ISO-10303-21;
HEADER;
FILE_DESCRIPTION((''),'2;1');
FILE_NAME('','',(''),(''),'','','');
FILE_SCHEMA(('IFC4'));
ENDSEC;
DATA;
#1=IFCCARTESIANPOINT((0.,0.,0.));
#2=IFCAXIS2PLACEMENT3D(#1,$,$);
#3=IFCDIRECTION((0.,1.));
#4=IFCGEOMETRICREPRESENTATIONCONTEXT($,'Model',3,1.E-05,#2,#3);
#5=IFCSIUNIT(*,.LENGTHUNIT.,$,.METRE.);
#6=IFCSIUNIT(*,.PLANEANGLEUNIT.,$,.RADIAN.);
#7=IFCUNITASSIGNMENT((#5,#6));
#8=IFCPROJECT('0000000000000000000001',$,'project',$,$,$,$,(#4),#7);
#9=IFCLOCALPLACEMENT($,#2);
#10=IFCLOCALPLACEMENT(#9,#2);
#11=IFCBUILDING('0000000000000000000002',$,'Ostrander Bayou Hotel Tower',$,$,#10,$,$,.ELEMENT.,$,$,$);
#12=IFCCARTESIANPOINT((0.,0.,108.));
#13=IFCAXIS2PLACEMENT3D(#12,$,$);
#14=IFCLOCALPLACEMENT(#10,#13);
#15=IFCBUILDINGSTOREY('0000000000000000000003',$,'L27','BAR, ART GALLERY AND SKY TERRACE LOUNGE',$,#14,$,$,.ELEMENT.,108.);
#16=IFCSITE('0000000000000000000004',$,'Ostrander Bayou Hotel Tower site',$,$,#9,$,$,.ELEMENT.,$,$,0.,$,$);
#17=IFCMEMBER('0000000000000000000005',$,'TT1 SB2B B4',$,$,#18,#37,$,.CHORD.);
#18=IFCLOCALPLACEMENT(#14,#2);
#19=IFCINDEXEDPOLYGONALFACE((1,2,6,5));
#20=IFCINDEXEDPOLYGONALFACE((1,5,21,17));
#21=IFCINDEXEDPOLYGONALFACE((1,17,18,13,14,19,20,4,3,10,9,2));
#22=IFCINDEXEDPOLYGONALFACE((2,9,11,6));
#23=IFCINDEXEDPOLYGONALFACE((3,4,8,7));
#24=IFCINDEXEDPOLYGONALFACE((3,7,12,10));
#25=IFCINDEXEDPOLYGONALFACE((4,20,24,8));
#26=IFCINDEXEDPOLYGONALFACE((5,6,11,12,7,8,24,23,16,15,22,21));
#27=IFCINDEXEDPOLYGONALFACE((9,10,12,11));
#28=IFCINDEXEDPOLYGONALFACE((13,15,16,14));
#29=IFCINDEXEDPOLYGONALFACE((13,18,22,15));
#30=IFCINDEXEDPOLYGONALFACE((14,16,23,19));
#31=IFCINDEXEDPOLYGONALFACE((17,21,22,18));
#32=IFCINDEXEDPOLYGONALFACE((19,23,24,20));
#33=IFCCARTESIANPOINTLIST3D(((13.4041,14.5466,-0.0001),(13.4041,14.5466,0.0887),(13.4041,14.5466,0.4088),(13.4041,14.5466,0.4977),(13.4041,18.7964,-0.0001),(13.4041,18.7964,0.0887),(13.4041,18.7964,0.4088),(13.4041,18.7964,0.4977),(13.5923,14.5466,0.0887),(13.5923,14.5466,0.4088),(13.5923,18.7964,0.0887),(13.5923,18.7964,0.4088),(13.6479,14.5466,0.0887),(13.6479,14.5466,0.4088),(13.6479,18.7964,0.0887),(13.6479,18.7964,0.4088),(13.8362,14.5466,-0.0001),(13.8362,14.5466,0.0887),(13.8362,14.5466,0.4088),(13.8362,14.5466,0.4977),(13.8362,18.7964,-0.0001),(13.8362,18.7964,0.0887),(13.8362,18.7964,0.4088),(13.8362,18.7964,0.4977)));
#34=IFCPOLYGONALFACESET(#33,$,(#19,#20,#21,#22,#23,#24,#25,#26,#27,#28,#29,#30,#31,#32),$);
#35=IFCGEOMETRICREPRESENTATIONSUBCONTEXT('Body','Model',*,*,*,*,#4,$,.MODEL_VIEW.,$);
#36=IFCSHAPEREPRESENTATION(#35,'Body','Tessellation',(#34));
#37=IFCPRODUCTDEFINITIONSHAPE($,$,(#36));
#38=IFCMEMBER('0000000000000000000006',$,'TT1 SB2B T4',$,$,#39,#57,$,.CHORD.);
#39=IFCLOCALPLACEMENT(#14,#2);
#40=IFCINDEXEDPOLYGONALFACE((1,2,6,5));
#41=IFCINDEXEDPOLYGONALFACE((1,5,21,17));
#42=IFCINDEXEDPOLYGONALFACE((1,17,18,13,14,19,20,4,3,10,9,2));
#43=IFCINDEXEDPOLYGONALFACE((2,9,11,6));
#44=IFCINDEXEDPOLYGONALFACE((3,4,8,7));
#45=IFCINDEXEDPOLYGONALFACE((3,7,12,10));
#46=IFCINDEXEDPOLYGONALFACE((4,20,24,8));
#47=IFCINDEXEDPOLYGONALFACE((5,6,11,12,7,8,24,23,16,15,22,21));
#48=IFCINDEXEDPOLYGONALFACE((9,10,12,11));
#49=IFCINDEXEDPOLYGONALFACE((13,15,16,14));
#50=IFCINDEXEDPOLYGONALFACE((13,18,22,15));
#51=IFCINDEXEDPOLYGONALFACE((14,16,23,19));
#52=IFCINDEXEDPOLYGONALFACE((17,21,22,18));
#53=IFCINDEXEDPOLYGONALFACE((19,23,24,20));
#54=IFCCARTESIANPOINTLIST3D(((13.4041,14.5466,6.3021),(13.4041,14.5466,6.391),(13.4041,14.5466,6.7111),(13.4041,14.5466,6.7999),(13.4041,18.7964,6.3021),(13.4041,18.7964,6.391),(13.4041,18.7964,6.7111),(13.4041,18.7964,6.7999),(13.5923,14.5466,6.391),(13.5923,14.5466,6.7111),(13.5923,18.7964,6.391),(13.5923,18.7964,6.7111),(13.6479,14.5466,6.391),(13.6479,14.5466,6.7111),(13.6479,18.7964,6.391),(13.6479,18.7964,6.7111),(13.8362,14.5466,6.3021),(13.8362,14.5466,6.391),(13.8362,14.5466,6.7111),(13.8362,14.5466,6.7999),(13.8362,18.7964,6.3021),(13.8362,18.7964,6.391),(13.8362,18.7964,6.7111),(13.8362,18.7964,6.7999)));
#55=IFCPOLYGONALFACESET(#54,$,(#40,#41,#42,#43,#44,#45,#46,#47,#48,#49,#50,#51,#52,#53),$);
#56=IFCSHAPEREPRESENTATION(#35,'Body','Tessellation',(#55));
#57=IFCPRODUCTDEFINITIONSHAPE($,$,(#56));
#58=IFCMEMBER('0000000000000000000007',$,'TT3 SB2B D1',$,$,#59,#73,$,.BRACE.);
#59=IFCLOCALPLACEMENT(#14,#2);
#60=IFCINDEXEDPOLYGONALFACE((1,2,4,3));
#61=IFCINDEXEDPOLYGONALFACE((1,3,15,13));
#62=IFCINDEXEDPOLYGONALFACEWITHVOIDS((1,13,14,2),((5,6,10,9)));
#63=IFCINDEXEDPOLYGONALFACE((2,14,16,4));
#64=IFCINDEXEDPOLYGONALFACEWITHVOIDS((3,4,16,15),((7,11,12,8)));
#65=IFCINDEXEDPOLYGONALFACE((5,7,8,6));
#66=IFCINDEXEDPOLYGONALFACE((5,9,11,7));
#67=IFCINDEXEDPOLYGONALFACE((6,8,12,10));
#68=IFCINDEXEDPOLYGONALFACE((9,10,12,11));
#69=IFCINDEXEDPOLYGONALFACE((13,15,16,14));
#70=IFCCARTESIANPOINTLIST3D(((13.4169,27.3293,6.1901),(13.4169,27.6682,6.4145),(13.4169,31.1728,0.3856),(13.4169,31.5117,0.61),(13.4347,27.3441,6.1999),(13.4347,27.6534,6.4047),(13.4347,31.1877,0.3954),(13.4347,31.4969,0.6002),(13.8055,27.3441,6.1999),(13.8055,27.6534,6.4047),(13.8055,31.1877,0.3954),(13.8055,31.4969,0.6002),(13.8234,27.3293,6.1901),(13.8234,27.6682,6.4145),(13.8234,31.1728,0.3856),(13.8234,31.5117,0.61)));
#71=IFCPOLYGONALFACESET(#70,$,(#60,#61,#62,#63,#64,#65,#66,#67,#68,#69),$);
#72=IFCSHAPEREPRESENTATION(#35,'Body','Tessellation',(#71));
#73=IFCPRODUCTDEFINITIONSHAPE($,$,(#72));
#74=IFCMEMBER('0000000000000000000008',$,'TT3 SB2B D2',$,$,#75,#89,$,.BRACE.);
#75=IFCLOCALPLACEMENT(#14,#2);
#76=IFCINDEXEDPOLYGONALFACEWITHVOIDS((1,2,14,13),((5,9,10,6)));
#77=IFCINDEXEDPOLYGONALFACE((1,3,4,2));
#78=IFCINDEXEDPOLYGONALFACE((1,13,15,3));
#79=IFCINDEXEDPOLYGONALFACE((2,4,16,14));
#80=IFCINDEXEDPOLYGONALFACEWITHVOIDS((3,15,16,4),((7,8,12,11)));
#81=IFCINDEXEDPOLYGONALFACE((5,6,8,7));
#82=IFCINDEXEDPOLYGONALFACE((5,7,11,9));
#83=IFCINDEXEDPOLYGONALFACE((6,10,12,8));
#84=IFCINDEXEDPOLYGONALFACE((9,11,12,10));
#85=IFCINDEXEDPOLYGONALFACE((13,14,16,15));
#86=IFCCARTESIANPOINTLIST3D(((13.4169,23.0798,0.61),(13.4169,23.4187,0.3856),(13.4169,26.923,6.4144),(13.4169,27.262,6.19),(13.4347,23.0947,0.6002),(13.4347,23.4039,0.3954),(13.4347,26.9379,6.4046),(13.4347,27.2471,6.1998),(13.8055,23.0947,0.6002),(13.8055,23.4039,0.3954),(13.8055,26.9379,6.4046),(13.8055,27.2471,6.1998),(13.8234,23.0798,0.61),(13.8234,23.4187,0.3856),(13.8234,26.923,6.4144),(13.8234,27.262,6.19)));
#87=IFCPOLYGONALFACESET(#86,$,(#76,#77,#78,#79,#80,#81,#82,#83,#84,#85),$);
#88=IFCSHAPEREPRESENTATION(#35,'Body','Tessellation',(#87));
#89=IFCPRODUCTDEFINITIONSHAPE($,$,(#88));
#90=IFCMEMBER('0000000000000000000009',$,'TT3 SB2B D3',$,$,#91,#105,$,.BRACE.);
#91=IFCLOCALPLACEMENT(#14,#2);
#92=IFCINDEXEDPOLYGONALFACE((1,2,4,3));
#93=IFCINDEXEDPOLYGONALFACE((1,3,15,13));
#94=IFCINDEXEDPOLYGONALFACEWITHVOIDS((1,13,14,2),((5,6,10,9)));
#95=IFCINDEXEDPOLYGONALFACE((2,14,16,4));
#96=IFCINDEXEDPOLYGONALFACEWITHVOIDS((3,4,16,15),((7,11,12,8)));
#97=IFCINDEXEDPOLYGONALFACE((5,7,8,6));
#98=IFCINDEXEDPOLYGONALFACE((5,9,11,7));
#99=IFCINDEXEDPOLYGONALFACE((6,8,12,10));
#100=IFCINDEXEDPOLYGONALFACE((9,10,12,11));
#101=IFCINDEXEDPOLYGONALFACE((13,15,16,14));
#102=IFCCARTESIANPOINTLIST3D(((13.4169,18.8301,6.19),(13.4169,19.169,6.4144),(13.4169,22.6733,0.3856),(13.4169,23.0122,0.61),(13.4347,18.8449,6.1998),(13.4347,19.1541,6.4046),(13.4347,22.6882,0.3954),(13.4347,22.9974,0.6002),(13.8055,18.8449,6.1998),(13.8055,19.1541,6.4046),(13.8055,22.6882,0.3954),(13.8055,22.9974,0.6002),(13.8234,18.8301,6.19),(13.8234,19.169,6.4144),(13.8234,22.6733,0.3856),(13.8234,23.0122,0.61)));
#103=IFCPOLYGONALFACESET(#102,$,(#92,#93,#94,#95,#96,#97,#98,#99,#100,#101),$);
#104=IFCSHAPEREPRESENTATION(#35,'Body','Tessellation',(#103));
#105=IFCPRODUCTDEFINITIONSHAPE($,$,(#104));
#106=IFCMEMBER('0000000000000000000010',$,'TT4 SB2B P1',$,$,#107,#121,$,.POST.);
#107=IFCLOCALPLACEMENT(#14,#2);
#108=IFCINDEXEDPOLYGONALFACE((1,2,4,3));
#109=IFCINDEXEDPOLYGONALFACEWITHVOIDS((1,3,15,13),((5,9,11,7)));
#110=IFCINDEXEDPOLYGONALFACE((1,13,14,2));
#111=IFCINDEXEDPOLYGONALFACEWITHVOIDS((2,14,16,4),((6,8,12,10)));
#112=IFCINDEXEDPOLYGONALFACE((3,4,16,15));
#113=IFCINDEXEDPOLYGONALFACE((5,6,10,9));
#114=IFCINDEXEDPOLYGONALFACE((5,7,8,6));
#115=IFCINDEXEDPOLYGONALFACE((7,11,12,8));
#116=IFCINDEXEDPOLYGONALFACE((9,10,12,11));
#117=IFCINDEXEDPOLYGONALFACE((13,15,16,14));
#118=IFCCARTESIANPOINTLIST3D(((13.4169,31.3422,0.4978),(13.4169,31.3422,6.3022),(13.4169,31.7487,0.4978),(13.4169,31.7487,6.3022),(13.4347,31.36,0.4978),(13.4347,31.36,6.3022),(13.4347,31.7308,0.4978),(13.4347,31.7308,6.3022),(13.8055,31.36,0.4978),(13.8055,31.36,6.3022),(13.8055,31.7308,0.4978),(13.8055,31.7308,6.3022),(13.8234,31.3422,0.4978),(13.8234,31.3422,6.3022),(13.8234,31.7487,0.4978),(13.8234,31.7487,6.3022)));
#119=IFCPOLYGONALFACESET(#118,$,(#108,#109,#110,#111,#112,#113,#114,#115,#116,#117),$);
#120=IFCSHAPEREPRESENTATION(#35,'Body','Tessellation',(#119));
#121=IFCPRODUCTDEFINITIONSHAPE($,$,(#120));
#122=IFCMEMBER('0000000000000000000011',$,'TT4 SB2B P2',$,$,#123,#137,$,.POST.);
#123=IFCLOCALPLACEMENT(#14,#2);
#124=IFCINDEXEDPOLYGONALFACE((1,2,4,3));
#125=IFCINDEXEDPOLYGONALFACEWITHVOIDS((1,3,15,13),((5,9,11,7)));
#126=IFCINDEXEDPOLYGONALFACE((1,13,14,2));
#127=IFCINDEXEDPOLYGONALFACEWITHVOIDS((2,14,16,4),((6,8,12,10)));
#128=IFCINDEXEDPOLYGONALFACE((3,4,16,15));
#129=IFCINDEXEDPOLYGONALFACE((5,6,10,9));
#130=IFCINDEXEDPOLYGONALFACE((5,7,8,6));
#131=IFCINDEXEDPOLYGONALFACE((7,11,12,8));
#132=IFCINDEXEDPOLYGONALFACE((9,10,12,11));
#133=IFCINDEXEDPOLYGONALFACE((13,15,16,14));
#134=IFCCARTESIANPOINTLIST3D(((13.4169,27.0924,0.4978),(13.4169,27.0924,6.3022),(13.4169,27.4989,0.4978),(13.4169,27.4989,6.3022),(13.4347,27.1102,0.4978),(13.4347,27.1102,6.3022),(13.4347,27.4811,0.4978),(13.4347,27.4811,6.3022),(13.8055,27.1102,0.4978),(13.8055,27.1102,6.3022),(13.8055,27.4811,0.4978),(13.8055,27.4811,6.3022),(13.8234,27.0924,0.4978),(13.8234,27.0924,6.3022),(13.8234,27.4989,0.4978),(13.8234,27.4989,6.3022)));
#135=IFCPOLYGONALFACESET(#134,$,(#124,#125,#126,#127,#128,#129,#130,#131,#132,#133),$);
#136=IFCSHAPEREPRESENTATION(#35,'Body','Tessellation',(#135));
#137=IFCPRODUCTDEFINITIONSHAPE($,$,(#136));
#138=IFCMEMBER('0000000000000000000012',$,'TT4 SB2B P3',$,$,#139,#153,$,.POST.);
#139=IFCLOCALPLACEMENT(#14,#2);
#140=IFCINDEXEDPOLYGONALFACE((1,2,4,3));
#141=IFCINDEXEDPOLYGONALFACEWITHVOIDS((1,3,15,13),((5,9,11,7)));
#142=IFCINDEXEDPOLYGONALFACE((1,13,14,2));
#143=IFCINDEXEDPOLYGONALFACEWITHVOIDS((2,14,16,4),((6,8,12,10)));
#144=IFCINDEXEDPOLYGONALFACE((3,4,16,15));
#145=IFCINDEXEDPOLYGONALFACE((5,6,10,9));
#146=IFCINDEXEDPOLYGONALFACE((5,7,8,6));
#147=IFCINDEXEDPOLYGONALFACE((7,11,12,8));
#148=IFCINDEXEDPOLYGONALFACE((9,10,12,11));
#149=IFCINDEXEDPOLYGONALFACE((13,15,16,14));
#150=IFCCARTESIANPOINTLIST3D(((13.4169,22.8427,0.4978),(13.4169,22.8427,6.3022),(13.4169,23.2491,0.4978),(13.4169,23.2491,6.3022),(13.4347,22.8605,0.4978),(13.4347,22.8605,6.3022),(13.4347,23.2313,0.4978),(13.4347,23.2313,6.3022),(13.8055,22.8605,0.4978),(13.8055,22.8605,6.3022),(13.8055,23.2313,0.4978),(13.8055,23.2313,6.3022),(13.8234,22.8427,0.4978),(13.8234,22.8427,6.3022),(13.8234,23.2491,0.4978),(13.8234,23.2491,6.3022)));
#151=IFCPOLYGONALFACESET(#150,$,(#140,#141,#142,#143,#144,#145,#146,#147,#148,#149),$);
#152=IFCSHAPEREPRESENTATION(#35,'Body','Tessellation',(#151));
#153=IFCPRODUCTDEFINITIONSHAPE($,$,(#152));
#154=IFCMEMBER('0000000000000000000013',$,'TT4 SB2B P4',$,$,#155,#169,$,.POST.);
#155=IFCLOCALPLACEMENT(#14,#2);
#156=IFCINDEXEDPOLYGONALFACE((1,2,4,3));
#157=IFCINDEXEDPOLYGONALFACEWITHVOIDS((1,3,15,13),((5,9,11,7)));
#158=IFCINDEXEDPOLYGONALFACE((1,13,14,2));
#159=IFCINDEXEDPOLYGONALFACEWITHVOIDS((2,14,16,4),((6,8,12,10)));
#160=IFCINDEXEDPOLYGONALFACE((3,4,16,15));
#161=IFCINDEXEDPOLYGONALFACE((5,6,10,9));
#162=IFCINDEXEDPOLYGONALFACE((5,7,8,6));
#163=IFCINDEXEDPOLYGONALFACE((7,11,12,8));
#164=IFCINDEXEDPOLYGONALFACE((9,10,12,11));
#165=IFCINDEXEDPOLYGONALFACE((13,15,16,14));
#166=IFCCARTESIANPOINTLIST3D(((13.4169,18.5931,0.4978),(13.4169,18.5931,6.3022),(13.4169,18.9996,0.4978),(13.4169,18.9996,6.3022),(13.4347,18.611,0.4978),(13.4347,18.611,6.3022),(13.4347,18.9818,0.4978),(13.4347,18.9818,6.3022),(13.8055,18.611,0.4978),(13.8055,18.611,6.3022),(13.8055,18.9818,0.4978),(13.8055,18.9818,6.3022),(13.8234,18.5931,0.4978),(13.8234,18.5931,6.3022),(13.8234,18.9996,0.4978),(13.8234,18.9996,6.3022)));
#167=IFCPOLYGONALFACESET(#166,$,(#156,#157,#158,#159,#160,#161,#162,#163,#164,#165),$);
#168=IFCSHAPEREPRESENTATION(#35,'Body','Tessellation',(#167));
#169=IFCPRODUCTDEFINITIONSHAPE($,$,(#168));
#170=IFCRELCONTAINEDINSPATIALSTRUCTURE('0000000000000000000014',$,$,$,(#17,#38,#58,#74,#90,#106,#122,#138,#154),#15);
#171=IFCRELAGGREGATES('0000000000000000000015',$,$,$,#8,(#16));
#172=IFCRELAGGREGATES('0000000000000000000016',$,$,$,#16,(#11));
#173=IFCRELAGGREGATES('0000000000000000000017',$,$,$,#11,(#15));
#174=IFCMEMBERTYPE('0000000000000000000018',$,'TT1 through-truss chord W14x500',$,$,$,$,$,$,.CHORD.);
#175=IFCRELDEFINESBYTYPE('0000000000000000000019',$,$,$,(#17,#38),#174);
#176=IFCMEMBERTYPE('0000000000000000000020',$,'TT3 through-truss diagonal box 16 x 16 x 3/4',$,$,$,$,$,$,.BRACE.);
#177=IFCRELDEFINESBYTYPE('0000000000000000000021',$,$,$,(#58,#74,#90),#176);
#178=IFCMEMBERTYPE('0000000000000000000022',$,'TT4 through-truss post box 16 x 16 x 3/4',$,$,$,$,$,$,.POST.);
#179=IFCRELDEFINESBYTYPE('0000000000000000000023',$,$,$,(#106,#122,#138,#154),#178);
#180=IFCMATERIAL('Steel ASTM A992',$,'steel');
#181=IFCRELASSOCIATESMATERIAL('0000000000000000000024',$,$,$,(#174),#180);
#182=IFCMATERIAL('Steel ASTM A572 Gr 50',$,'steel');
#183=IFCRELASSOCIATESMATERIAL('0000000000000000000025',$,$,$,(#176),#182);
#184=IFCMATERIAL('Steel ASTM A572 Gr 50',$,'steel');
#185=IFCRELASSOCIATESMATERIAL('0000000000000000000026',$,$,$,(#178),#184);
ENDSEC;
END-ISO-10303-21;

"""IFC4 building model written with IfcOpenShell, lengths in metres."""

from ifc_helpers import new_model, si_unit, direction, frame, origin, origin_2d, place, context, subcontext, project, spatial, hollow_rectangle, i_section, extrude, material, material_profile, profile_set, type_object, element, save


model = new_model("IFC4")

# Units and contexts
model_context = context("Model", 3, precision=1e-05, world=origin(), true_north=direction((0.0, 1.0)))
body_context = subcontext(model_context, "Body", "Model", "MODEL_VIEW")
ifc_project = project(units=[si_unit("LENGTHUNIT", "METRE"), si_unit("PLANEANGLEUNIT", "RADIAN")], contexts=[model_context])

# Site, building, storey
site_placement = place(None, origin())
site = spatial("IfcSite", under=ifc_project, at=site_placement, Name="Ostrander Bayou Hotel Tower site", CompositionType="ELEMENT", RefElevation=0.0)
building_placement = place(site_placement, origin())
building = spatial("IfcBuilding", under=site, at=building_placement, Name="Ostrander Bayou Hotel Tower", CompositionType="ELEMENT")
storey_placement = place(building_placement, frame((0.0, 0.0, 108.0)))
storey = spatial("IfcBuildingStorey", under=building, at=storey_placement, Name="L27", Description="BAR, ART GALLERY AND SKY TERRACE LOUNGE", CompositionType="ELEMENT", Elevation=108.0)

# Members
ifc_material_1 = material(Name="Steel ASTM A992", Category="steel")
ifc_material_profile_1 = material_profile(ifc_material_1, i_section(OverallWidth=0.4321, OverallDepth=0.4978, WebThickness=0.0557, FlangeThickness=0.0889, at=origin_2d()))
ifc_profile_set_1 = profile_set([ifc_material_profile_1], Name="Steel ASTM A992")
member_type_1 = type_object("IfcMemberType", Name="TT1 through-truss chord W14x500", PredefinedType="CHORD", material=ifc_profile_set_1)
for number, where, z_axis, x_axis, name in (
    (1, (13.6201, 18.7964, 0.2488), (0.0, -1.0, 0.0), (1.0, 0.0, 0.0), "TT1 SB2B B4"),
    (2, (13.6201, 18.7964, 6.551), (0.0, -1.0, 0.0), (1.0, 0.0, 0.0), "TT1 SB2B T4"),
):
    element("IfcMember", number, at=place(storey_placement, frame(where, z_axis=z_axis, x_axis=x_axis)), inside=storey, type_object=member_type_1, Name=name, PredefinedType="CHORD", context=body_context, shape_type="SweptSolid", body=[
        extrude(i_section(OverallWidth=0.4321, OverallDepth=0.4978, WebThickness=0.0557, FlangeThickness=0.0889, at=origin_2d()), origin(), (0.0, 0.0, 1.0), 4.2498),
    ])
ifc_material_2 = material(Name="Steel ASTM A572 Gr 50", Category="steel")
ifc_material_profile_2 = material_profile(ifc_material_2, hollow_rectangle(XDim=0.4065, YDim=0.4065, WallThickness=0.0178, at=origin_2d()))
ifc_profile_set_2 = profile_set([ifc_material_profile_2], Name="Steel ASTM A572 Gr 50")
member_type_2 = type_object("IfcMemberType", Name="TT3 through-truss diagonal box 16 x 16 x 3/4", PredefinedType="BRACE", material=ifc_profile_set_2)
member_placement = place(storey_placement, frame((13.6201, 31.3423, 0.4978), z_axis=(0.0, -0.5521, 0.833778), x_axis=(1.0, 0.0, 0.0)))
element("IfcMember", 3, at=member_placement, inside=storey, type_object=member_type_2, Name="TT3 SB2B D1", PredefinedType="BRACE", context=body_context, shape_type="SweptSolid", body=[
    extrude(hollow_rectangle(XDim=0.4065, YDim=0.4065, WallThickness=0.0178, at=origin_2d()), origin(), (0.0, 0.0, 1.0), 6.9617),
])
for number, where, z_axis, x_axis, name in (
    (4, (13.6201, 23.2493, 0.4978), (0.0, 0.552075, 0.833794), (-1.0, 0.0, 0.0), "TT3 SB2B D2"),
    (5, (13.6201, 22.8428, 0.4978), (0.0, -0.552075, 0.833794), (1.0, 0.0, 0.0), "TT3 SB2B D3"),
):
    element("IfcMember", number, at=place(storey_placement, frame(where, z_axis=z_axis, x_axis=x_axis)), inside=storey, type_object=member_type_2, Name=name, PredefinedType="BRACE", context=body_context, shape_type="SweptSolid", body=[
        extrude(hollow_rectangle(XDim=0.4065, YDim=0.4065, WallThickness=0.0178, at=origin_2d()), origin(), (0.0, 0.0, 1.0), 6.9614),
    ])
ifc_material_3 = material(Name="Steel ASTM A572 Gr 50", Category="steel")
ifc_material_profile_3 = material_profile(ifc_material_3, hollow_rectangle(XDim=0.4065, YDim=0.4065, WallThickness=0.0178, at=origin_2d()))
ifc_profile_set_3 = profile_set([ifc_material_profile_3], Name="Steel ASTM A572 Gr 50")
member_type_3 = type_object("IfcMemberType", Name="TT4 through-truss post box 16 x 16 x 3/4", PredefinedType="POST", material=ifc_profile_set_3)
for number, where, z_axis, x_axis, name in (
    (6, (13.6201, 31.5454, 0.4978), (0.0, 0.0, 1.0), (1.0, 0.0, 0.0), "TT4 SB2B P1"),
    (7, (13.6201, 27.2957, 0.4978), (0.0, 0.0, 1.0), (1.0, 0.0, 0.0), "TT4 SB2B P2"),
    (8, (13.6201, 23.0459, 0.4978), (0.0, 0.0, 1.0), (1.0, 0.0, 0.0), "TT4 SB2B P3"),
    (9, (13.6201, 18.7964, 0.4978), (0.0, 0.0, 1.0), (1.0, 0.0, 0.0), "TT4 SB2B P4"),
):
    element("IfcMember", number, at=place(storey_placement, frame(where, z_axis=z_axis, x_axis=x_axis)), inside=storey, type_object=member_type_3, Name=name, PredefinedType="POST", context=body_context, shape_type="SweptSolid", body=[
        extrude(hollow_rectangle(XDim=0.4065, YDim=0.4065, WallThickness=0.0178, at=origin_2d()), origin(), (0.0, 0.0, 1.0), 5.8044),
    ])

save(model, "model.ifc")
